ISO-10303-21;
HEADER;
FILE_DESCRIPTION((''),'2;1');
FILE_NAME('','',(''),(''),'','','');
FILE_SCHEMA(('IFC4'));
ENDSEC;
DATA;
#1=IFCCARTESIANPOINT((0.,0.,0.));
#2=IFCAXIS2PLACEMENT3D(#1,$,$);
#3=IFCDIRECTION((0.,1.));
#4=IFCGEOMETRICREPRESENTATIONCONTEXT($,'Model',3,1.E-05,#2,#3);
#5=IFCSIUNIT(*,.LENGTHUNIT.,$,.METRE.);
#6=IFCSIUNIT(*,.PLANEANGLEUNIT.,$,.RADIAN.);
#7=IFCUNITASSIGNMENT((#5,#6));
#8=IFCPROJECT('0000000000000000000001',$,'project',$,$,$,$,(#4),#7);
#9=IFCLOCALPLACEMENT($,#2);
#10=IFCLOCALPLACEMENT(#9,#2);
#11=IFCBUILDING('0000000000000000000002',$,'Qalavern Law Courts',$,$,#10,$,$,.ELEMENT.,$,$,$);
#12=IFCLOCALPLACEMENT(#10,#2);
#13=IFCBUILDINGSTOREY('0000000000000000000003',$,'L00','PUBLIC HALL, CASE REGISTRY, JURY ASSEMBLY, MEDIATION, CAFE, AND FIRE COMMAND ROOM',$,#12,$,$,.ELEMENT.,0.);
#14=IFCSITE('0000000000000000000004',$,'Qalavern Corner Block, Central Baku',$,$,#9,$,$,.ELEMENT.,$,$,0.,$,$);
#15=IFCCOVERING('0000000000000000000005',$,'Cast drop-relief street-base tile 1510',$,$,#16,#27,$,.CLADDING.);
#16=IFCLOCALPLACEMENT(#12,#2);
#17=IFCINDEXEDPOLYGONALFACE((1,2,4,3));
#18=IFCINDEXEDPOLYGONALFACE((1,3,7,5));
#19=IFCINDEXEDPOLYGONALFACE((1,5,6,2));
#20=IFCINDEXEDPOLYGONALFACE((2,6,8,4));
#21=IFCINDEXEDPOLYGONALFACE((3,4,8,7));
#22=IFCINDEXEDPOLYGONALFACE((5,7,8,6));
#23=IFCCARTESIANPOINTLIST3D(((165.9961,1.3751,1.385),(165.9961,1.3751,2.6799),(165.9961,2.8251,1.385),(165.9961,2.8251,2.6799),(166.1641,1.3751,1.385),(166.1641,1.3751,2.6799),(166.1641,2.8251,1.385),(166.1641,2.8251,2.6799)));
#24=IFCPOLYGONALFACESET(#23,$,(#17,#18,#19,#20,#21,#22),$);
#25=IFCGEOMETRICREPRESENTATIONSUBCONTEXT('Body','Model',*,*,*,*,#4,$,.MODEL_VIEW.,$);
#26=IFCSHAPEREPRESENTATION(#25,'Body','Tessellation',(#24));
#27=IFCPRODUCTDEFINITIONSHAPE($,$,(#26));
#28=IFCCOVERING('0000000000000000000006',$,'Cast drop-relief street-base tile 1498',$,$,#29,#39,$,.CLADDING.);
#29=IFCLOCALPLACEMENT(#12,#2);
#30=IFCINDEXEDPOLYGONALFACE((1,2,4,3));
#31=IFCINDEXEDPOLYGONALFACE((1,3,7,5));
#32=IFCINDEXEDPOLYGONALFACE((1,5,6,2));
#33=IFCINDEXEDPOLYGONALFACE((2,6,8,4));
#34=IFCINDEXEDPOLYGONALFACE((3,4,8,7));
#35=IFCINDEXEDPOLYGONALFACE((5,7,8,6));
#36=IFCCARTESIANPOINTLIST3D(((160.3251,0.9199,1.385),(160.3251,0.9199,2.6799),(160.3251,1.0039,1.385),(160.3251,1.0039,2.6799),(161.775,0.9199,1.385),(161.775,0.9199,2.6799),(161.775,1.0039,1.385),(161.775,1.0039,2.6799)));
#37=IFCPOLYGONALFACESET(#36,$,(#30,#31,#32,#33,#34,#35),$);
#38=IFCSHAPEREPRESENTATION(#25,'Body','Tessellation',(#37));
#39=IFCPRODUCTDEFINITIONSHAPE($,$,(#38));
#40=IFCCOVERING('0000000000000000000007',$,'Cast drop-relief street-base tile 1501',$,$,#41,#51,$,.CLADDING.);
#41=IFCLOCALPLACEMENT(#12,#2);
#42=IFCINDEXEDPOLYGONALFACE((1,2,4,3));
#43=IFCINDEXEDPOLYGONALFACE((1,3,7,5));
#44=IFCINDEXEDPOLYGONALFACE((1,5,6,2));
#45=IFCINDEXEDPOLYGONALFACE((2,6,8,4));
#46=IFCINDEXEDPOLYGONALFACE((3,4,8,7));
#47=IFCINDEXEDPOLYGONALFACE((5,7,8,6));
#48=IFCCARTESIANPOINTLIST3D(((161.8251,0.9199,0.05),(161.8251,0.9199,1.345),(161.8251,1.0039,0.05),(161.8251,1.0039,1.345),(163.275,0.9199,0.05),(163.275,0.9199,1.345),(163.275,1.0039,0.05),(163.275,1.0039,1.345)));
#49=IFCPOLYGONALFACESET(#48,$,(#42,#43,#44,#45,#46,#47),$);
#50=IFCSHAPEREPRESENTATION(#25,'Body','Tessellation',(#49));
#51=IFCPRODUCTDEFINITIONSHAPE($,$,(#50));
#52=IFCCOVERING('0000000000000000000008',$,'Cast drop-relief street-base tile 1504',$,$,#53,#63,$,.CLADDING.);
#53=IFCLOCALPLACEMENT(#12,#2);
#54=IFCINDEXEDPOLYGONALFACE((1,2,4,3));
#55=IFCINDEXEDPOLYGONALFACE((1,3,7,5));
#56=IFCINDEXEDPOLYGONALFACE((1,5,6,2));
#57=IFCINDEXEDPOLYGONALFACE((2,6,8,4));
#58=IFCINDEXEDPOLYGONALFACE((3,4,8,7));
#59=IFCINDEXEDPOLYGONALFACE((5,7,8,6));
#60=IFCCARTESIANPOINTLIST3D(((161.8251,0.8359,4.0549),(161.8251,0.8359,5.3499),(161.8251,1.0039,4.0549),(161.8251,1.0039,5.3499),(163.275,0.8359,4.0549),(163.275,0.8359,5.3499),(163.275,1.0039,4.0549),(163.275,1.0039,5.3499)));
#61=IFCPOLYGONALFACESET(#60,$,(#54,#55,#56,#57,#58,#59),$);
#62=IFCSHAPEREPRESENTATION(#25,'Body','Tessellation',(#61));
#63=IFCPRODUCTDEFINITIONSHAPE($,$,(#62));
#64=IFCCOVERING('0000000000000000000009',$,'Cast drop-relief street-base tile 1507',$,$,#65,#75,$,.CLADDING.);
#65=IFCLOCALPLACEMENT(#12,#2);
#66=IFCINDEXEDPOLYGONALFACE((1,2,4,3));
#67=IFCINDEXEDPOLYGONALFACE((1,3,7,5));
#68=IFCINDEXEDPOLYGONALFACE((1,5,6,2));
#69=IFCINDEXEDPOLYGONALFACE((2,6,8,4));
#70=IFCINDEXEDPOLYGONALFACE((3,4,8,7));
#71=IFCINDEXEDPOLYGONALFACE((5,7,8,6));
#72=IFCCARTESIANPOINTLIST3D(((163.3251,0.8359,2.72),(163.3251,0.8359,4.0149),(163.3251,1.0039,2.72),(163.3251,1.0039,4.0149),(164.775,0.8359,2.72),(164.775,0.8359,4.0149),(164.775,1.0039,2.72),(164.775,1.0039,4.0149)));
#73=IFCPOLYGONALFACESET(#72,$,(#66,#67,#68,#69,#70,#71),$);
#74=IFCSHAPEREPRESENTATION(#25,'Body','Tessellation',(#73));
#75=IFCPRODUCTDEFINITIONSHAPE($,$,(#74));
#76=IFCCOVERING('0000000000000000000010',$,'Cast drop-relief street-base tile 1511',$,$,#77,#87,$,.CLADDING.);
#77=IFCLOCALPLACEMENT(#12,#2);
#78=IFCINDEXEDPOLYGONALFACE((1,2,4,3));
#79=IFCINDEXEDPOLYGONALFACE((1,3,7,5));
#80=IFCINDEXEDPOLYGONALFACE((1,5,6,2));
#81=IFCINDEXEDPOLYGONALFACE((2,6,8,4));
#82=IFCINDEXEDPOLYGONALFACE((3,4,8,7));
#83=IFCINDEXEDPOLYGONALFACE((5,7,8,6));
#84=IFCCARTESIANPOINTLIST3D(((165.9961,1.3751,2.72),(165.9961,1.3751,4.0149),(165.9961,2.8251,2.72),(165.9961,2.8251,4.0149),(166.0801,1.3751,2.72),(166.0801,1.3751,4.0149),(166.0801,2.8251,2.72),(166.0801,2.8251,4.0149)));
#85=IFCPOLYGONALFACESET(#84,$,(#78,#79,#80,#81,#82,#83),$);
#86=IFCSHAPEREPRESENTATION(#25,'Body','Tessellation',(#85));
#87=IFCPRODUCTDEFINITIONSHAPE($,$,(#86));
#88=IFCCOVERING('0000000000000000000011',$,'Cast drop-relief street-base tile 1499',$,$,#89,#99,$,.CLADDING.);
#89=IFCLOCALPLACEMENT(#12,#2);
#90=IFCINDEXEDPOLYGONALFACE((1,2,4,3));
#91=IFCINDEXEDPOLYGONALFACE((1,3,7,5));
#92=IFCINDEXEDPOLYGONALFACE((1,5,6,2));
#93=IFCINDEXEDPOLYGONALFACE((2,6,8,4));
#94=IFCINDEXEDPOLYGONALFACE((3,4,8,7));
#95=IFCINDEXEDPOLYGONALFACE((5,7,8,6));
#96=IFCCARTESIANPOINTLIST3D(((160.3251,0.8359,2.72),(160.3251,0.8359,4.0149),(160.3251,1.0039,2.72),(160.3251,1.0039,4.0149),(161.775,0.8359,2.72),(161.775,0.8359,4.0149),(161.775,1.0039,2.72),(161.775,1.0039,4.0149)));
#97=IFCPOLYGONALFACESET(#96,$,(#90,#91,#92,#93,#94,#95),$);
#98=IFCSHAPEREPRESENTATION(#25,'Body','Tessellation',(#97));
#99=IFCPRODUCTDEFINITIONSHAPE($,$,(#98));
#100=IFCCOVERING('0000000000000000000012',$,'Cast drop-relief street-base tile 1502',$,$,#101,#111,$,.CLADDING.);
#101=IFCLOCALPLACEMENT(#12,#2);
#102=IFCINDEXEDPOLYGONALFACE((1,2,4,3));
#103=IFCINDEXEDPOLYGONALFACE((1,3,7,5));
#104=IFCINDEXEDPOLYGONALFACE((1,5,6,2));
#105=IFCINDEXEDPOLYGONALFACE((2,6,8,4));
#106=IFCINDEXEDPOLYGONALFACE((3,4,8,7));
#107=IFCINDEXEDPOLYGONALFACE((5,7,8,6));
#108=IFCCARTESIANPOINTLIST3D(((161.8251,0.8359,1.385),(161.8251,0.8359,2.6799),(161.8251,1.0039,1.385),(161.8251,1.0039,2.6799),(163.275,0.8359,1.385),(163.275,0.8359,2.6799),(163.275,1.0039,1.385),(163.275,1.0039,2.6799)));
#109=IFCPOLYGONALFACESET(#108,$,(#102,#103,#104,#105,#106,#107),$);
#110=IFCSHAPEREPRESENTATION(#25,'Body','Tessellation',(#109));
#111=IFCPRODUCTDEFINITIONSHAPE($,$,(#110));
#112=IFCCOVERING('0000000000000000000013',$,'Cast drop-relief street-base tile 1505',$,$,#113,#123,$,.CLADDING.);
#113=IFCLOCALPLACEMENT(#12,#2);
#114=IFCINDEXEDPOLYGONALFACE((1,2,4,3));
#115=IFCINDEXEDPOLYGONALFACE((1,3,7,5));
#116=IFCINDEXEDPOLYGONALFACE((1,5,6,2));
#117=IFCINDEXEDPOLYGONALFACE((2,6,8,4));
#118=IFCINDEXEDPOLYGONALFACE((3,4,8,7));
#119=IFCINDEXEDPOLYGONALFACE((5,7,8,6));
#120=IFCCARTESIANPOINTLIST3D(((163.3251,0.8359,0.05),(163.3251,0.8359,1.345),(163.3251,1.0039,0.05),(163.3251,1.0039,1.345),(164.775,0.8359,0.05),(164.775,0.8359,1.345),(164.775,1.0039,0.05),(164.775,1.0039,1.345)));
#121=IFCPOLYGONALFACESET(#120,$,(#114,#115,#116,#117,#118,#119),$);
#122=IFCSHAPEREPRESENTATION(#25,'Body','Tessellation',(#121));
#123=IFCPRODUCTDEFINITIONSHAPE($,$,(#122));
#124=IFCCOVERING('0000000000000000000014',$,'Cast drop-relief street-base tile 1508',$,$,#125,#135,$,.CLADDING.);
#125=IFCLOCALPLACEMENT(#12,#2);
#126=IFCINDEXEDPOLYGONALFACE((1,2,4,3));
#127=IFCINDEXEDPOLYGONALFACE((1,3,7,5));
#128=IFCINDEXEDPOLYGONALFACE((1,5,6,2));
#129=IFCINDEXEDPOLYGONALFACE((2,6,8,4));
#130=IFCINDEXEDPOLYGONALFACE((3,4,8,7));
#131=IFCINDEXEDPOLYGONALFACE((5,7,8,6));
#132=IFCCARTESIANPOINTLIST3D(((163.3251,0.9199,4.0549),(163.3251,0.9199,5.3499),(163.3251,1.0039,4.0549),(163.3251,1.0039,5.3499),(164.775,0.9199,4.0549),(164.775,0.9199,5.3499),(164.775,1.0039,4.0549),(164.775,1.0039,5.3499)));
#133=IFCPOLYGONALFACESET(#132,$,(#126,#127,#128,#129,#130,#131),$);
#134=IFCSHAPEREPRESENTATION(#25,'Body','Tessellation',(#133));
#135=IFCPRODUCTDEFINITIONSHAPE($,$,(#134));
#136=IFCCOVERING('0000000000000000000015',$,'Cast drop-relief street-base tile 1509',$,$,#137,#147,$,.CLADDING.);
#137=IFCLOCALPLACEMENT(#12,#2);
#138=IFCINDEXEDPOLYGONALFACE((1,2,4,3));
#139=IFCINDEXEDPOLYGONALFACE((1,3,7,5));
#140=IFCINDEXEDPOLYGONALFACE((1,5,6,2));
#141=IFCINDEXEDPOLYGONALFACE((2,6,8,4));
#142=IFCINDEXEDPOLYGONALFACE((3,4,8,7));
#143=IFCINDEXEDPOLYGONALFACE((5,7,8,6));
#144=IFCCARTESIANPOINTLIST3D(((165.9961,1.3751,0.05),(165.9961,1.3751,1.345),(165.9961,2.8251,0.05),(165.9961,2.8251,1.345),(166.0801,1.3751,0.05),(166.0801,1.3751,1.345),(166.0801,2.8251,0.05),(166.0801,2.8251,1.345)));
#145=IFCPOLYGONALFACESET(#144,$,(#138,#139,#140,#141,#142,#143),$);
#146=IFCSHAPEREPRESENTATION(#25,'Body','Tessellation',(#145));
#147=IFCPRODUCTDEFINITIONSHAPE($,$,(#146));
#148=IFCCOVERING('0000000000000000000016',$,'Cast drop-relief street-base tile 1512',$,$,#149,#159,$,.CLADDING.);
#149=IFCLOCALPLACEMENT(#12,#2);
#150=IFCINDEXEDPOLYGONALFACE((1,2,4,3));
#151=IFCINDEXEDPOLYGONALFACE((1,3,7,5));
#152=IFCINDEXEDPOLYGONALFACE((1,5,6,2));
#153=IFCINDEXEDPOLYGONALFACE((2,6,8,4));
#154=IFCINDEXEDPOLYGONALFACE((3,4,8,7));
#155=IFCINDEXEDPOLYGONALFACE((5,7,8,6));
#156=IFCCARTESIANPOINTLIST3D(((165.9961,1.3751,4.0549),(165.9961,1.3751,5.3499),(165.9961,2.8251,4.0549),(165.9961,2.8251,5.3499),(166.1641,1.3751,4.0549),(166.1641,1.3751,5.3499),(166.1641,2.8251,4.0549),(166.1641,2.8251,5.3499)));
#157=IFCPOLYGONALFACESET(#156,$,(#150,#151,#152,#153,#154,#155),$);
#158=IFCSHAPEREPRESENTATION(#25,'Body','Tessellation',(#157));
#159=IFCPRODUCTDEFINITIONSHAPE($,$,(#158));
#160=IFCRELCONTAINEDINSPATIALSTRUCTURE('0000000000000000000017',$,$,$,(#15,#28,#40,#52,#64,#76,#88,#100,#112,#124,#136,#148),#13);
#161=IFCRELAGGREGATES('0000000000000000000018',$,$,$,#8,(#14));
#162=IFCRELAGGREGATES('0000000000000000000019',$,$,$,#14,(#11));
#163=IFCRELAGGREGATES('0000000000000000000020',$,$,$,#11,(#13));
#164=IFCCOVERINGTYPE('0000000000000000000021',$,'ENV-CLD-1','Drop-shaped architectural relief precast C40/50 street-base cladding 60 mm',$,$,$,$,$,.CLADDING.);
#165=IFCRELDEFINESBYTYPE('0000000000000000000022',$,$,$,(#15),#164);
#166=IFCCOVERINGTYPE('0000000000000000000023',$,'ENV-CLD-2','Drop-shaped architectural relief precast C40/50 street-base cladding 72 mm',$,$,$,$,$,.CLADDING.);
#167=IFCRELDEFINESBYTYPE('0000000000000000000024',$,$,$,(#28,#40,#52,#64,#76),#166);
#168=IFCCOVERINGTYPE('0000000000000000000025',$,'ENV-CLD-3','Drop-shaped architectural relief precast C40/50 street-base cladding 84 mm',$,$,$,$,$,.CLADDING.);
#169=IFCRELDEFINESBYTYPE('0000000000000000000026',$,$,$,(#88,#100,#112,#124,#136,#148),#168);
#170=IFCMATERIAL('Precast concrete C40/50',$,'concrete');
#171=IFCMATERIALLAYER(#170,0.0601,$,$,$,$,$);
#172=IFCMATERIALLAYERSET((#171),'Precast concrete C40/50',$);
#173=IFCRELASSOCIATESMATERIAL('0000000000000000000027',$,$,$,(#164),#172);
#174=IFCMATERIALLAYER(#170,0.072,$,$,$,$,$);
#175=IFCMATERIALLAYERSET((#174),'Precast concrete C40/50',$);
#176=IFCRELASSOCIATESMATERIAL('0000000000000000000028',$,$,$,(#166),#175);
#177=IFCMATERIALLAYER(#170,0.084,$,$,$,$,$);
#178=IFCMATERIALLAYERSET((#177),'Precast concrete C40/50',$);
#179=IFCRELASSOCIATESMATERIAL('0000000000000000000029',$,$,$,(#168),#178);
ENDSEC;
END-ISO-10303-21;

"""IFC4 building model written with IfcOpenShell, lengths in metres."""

from ifc_helpers import new_model, si_unit, direction, frame, origin, origin_2d, place, context, subcontext, project, spatial, rectangle, extrude, material, layer, layer_set, type_object, element, save


model = new_model("IFC4")

# Units and contexts
model_context = context("Model", 3, precision=1e-05, world=origin(), true_north=direction((0.0, 1.0)))
body_context = subcontext(model_context, "Body", "Model", "MODEL_VIEW")
ifc_project = project(units=[si_unit("LENGTHUNIT", "METRE"), si_unit("PLANEANGLEUNIT", "RADIAN")], contexts=[model_context])

# Site, building, storey
site_placement = place(None, origin())
site = spatial("IfcSite", under=ifc_project, at=site_placement, Name="Qalavern Corner Block, Central Baku", CompositionType="ELEMENT", RefElevation=0.0)
building_placement = place(site_placement, origin())
building = spatial("IfcBuilding", under=site, at=building_placement, Name="Qalavern Law Courts", CompositionType="ELEMENT")
storey_placement = place(building_placement, origin())
storey = spatial("IfcBuildingStorey", under=building, at=storey_placement, Name="L00", Description="PUBLIC HALL, CASE REGISTRY, JURY ASSEMBLY, MEDIATION, CAFE, AND FIRE COMMAND ROOM", CompositionType="ELEMENT", Elevation=0.0)

# Coverings
ifc_material_1 = material(Name="Precast concrete C40/50", Category="concrete")
ifc_layer_1 = layer(ifc_material_1, 0.0601)
ifc_layer_set_1 = layer_set([ifc_layer_1], Name="Precast concrete C40/50")
covering_type_1 = type_object("IfcCoveringType", Name="ENV-CLD-1", Description="Drop-shaped architectural relief precast C40/50 street-base cladding 60 mm", PredefinedType="CLADDING", material=ifc_layer_set_1)
covering_1_placement = place(storey_placement, frame((166.0801, 2.1001, 1.385), z_axis=(0.0, 0.0, 1.0), x_axis=(0.0, 1.0, 0.0)))
element("IfcCovering", 1, at=covering_1_placement, inside=storey, type_object=covering_type_1, Name="Cast drop-relief street-base tile 1510", PredefinedType="CLADDING", context=body_context, shape_type="SweptSolid", body=[
    extrude(rectangle(XDim=1.45, YDim=0.168, at=origin_2d()), origin(), (0.0, 0.0, 1.0), 1.2949),
])
ifc_layer_2 = layer(ifc_material_1, 0.072)
ifc_layer_set_2 = layer_set([ifc_layer_2], Name="Precast concrete C40/50")
covering_type_2 = type_object("IfcCoveringType", Name="ENV-CLD-2", Description="Drop-shaped architectural relief precast C40/50 street-base cladding 72 mm", PredefinedType="CLADDING", material=ifc_layer_set_2)
for number, where, z_axis, x_axis, name in (
    (2, (161.05, 0.9619, 1.385), (0.0, 0.0, 1.0), (1.0, 0.0, 0.0), "Cast drop-relief street-base tile 1498"),
    (3, (162.55, 0.9619, 0.05), (0.0, 0.0, 1.0), (1.0, 0.0, 0.0), "Cast drop-relief street-base tile 1501"),
):
    element("IfcCovering", number, at=place(storey_placement, frame(where, z_axis=z_axis, x_axis=x_axis)), inside=storey, type_object=covering_type_2, Name=name, PredefinedType="CLADDING", context=body_context, shape_type="SweptSolid", body=[
        extrude(rectangle(XDim=1.45, YDim=0.084, at=origin_2d()), origin(), (0.0, 0.0, 1.0), 1.2949),
    ])
for number, where, z_axis, x_axis, name in (
    (4, (162.55, 0.9199, 4.0549), (0.0, 0.0, 1.0), (1.0, 0.0, 0.0), "Cast drop-relief street-base tile 1504"),
    (5, (164.05, 0.9199, 2.72), (0.0, 0.0, 1.0), (1.0, 0.0, 0.0), "Cast drop-relief street-base tile 1507"),
):
    element("IfcCovering", number, at=place(storey_placement, frame(where, z_axis=z_axis, x_axis=x_axis)), inside=storey, type_object=covering_type_2, Name=name, PredefinedType="CLADDING", context=body_context, shape_type="SweptSolid", body=[
        extrude(rectangle(XDim=1.45, YDim=0.168, at=origin_2d()), origin(), (0.0, 0.0, 1.0), 1.2949),
    ])
covering_2_placement = place(storey_placement, frame((166.0381, 2.1001, 2.72), z_axis=(0.0, 0.0, 1.0), x_axis=(0.0, 1.0, 0.0)))
element("IfcCovering", 6, at=covering_2_placement, inside=storey, type_object=covering_type_2, Name="Cast drop-relief street-base tile 1511", PredefinedType="CLADDING", context=body_context, shape_type="SweptSolid", body=[
    extrude(rectangle(XDim=1.45, YDim=0.084, at=origin_2d()), origin(), (0.0, 0.0, 1.0), 1.2949),
])
ifc_layer_3 = layer(ifc_material_1, 0.084)
ifc_layer_set_3 = layer_set([ifc_layer_3], Name="Precast concrete C40/50")
covering_type_3 = type_object("IfcCoveringType", Name="ENV-CLD-3", Description="Drop-shaped architectural relief precast C40/50 street-base cladding 84 mm", PredefinedType="CLADDING", material=ifc_layer_set_3)
for number, where, z_axis, x_axis, name in (
    (7, (161.05, 0.9199, 2.72), (0.0, 0.0, 1.0), (1.0, 0.0, 0.0), "Cast drop-relief street-base tile 1499"),
    (8, (162.55, 0.9199, 1.385), (0.0, 0.0, 1.0), (1.0, 0.0, 0.0), "Cast drop-relief street-base tile 1502"),
    (9, (164.05, 0.9199, 0.05), (0.0, 0.0, 1.0), (1.0, 0.0, 0.0), "Cast drop-relief street-base tile 1505"),
):
    element("IfcCovering", number, at=place(storey_placement, frame(where, z_axis=z_axis, x_axis=x_axis)), inside=storey, type_object=covering_type_3, Name=name, PredefinedType="CLADDING", context=body_context, shape_type="SweptSolid", body=[
        extrude(rectangle(XDim=1.45, YDim=0.168, at=origin_2d()), origin(), (0.0, 0.0, 1.0), 1.2949),
    ])
for number, where, z_axis, x_axis, name in (
    (10, (164.05, 0.9619, 4.0549), (0.0, 0.0, 1.0), (1.0, 0.0, 0.0), "Cast drop-relief street-base tile 1508"),
    (11, (166.0381, 2.1001, 0.05), (0.0, 0.0, 1.0), (0.0, 1.0, 0.0), "Cast drop-relief street-base tile 1509"),
):
    element("IfcCovering", number, at=place(storey_placement, frame(where, z_axis=z_axis, x_axis=x_axis)), inside=storey, type_object=covering_type_3, Name=name, PredefinedType="CLADDING", context=body_context, shape_type="SweptSolid", body=[
        extrude(rectangle(XDim=1.45, YDim=0.084, at=origin_2d()), origin(), (0.0, 0.0, 1.0), 1.2949),
    ])
covering_3_placement = place(storey_placement, frame((166.0801, 2.1001, 4.0549), z_axis=(0.0, 0.0, 1.0), x_axis=(0.0, 1.0, 0.0)))
element("IfcCovering", 12, at=covering_3_placement, inside=storey, type_object=covering_type_3, Name="Cast drop-relief street-base tile 1512", PredefinedType="CLADDING", context=body_context, shape_type="SweptSolid", body=[
    extrude(rectangle(XDim=1.45, YDim=0.168, at=origin_2d()), origin(), (0.0, 0.0, 1.0), 1.2949),
])

save(model, "model.ifc")
